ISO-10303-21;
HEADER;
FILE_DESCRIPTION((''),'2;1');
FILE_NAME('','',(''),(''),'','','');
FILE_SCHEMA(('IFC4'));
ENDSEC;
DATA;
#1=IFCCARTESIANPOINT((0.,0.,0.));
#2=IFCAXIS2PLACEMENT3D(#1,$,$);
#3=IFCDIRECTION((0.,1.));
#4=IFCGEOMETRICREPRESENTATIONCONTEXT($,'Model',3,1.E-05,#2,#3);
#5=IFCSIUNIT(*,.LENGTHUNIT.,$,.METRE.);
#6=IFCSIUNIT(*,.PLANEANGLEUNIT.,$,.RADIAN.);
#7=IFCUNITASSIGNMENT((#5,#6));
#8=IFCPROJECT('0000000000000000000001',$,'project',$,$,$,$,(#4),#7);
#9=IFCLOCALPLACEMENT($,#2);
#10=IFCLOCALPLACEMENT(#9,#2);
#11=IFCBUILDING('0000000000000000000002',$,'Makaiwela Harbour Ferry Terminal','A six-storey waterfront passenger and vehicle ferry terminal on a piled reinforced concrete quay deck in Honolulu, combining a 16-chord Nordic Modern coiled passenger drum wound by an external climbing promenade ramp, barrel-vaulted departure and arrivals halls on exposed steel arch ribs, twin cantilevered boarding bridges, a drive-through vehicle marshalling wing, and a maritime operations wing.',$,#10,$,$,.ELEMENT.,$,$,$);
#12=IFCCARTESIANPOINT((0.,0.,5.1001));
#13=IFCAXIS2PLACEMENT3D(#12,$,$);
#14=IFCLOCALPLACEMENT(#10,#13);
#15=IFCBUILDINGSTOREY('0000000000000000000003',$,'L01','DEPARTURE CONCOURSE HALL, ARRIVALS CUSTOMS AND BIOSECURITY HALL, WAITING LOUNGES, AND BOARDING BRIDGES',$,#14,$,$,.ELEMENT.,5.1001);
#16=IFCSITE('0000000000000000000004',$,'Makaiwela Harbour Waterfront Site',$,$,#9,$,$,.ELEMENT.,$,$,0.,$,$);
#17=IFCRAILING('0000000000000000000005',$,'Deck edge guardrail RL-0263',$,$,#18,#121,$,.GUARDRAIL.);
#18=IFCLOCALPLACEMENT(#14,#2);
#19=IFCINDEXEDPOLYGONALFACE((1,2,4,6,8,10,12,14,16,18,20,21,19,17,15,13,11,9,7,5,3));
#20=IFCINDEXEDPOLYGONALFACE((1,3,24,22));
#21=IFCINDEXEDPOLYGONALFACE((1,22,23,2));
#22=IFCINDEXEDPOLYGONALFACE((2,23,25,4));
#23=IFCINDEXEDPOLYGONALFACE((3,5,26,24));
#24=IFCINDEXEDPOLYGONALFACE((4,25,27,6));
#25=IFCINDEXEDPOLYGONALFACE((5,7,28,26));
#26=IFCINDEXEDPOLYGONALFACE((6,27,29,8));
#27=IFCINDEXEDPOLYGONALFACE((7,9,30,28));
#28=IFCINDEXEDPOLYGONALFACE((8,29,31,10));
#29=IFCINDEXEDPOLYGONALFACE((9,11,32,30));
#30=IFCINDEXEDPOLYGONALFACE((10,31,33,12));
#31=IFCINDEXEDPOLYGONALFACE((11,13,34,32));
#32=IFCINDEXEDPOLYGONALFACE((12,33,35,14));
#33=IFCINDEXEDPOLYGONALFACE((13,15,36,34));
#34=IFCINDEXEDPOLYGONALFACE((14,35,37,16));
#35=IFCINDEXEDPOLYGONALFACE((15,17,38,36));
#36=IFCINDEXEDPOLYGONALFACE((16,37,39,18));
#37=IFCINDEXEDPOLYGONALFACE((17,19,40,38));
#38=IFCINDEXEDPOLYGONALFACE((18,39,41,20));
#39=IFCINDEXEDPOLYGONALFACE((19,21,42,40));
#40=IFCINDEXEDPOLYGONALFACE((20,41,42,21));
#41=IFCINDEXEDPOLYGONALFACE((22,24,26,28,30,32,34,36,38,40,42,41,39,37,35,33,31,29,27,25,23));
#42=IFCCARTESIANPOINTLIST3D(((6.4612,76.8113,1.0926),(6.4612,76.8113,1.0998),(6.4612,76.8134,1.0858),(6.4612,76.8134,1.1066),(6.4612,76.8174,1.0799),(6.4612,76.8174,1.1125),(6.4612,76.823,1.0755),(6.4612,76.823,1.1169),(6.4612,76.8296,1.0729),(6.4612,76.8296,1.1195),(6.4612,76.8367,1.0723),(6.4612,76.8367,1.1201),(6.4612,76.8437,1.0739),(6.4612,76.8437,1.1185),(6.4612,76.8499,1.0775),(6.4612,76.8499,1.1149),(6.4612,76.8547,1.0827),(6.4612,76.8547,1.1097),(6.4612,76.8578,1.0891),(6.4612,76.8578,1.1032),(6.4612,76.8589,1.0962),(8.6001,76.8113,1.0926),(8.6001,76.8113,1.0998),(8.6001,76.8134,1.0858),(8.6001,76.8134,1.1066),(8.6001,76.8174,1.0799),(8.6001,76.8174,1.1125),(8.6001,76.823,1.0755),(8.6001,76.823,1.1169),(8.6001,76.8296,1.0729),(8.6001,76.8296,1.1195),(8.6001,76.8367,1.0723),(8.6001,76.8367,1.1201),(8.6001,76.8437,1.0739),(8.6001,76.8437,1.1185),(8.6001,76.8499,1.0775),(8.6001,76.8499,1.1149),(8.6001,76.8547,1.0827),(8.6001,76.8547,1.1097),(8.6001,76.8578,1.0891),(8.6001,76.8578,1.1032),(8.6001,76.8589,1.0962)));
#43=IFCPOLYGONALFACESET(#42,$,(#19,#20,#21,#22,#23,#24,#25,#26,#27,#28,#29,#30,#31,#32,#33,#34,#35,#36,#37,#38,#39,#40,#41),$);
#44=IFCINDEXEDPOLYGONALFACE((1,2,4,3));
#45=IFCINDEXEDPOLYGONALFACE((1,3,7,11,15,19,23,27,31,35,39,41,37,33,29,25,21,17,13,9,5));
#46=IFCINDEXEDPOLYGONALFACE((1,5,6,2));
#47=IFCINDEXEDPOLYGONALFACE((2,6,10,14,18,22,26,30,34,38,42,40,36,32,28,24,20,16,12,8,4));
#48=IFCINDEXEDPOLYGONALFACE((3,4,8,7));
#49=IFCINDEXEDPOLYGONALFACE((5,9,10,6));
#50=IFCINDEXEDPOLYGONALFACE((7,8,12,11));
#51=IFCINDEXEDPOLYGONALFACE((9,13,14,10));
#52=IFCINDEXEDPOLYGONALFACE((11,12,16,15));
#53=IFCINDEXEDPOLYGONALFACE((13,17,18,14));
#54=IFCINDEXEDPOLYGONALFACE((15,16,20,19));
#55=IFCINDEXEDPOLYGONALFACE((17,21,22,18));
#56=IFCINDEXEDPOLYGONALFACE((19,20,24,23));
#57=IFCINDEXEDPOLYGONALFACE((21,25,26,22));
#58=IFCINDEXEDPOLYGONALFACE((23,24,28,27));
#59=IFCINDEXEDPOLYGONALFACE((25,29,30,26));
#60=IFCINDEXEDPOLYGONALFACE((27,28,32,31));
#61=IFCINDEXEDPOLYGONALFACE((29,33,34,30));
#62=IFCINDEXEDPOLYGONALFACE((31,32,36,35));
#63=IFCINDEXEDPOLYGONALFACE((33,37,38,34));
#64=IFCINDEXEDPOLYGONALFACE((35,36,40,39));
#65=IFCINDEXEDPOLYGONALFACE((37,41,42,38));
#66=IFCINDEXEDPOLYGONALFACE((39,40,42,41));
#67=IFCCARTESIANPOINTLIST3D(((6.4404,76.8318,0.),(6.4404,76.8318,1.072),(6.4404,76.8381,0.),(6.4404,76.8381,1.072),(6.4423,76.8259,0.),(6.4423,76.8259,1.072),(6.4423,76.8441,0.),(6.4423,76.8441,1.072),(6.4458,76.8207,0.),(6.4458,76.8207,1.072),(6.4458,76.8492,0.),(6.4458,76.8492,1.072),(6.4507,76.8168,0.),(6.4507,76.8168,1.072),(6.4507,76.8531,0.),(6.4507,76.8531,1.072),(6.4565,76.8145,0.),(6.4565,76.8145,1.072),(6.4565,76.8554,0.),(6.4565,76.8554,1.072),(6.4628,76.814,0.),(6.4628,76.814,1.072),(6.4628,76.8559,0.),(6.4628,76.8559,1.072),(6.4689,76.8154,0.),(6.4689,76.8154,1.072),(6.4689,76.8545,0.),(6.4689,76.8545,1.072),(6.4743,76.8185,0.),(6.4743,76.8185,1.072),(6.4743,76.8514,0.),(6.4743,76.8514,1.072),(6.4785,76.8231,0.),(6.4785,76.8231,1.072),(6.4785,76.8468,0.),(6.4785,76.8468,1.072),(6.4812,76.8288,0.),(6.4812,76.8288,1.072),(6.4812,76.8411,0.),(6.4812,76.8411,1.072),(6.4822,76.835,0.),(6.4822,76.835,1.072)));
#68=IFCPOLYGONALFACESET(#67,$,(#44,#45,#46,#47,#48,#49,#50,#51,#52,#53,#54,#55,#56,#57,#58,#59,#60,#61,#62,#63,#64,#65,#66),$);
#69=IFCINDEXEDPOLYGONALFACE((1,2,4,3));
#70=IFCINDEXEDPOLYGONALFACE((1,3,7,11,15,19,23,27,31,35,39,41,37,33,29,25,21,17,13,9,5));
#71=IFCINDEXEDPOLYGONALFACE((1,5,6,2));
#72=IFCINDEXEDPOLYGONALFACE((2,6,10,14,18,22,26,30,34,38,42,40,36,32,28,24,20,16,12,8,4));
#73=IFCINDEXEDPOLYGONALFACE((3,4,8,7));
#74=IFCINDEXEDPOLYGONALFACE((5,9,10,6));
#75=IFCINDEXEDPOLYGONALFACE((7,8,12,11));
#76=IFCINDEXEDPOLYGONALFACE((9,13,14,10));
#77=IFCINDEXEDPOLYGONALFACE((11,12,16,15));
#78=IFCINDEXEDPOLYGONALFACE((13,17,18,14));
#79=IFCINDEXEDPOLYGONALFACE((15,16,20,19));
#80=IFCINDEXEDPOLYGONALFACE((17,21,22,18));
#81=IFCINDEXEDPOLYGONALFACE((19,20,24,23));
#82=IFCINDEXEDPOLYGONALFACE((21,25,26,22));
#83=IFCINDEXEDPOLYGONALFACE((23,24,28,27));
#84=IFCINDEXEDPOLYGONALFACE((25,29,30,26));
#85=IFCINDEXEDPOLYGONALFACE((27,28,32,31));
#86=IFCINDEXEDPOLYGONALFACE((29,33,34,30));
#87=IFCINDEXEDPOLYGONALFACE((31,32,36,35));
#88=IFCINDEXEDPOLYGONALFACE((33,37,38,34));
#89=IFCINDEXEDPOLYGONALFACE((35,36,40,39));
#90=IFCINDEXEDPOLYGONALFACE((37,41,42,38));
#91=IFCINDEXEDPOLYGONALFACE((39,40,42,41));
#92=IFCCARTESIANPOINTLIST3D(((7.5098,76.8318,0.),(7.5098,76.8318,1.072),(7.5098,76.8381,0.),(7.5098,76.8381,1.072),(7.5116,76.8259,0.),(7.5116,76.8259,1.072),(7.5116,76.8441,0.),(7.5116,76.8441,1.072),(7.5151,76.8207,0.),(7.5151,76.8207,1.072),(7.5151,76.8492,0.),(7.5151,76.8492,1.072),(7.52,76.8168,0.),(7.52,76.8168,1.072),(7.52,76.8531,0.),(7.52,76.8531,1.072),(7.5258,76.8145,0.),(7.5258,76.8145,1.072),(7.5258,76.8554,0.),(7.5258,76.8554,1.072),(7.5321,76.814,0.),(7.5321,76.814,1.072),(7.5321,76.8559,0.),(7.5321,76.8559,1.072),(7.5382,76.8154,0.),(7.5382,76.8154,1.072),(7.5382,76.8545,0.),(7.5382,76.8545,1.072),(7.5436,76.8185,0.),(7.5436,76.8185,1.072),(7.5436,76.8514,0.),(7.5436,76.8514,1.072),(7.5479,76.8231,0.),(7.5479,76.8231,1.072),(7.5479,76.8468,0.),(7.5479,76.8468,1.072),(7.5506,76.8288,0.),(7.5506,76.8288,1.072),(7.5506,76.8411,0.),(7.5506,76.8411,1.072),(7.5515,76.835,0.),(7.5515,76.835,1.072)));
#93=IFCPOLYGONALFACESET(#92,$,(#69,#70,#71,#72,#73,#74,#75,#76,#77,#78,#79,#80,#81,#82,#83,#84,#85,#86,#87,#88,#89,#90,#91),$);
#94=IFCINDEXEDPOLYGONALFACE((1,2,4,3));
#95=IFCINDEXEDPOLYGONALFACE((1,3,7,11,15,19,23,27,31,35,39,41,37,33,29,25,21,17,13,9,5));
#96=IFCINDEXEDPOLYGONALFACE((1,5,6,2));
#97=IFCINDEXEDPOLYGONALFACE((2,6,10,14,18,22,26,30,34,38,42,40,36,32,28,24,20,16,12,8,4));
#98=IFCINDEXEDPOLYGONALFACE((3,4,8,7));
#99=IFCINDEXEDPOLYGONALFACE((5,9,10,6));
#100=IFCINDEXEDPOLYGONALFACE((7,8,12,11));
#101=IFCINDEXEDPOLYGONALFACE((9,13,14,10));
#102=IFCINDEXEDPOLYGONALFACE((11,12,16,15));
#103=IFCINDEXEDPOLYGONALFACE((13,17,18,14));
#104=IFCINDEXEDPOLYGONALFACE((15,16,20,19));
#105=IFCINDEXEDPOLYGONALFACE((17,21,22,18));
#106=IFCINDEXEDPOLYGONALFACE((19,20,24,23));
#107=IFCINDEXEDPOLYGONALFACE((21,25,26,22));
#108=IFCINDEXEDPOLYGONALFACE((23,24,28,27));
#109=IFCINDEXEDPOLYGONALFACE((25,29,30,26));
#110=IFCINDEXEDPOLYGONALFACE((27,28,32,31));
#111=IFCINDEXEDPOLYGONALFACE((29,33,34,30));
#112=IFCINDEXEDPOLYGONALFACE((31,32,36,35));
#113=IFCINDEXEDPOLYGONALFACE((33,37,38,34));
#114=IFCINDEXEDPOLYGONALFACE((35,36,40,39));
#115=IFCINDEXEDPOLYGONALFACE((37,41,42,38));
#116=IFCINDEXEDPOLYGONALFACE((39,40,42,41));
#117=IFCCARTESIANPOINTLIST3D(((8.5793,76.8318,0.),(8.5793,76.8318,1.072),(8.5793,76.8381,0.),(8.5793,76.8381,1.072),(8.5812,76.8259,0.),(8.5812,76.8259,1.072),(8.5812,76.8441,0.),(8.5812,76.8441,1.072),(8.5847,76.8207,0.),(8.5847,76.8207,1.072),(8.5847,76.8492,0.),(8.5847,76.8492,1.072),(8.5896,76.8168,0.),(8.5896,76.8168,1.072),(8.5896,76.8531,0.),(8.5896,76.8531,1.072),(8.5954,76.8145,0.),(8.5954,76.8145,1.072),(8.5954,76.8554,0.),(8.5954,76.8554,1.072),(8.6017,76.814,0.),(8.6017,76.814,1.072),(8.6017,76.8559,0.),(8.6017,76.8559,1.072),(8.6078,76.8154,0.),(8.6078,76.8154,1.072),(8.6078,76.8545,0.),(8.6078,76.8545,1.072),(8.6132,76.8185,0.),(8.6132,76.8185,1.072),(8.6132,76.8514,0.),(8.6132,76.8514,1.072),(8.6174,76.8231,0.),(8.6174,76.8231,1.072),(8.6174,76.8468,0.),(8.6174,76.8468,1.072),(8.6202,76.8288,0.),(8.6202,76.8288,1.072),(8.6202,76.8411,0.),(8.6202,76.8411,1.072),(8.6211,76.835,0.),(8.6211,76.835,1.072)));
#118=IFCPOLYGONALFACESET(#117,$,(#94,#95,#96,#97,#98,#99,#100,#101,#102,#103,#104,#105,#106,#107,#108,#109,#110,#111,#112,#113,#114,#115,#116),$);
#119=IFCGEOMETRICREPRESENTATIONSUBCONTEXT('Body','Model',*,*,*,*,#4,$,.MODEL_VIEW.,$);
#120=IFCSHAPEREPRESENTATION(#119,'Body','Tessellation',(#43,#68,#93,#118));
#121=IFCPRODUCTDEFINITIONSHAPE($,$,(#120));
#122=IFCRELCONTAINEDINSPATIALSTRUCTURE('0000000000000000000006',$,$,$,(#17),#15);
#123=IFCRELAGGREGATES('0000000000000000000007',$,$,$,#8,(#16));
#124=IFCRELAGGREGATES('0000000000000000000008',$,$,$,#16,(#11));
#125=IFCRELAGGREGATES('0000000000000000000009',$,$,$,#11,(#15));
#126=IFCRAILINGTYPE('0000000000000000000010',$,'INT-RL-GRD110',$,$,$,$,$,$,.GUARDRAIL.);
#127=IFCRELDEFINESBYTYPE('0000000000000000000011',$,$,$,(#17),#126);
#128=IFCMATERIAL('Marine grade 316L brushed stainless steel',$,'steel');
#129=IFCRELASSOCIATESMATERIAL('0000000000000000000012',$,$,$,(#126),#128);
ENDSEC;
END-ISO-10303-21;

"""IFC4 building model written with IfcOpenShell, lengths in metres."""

from ifc_helpers import new_model, si_unit, direction, frame, origin, origin_2d, place, context, subcontext, project, spatial, circle, extrude, material, type_object, element, save


model = new_model("IFC4")

# Units and contexts
model_context = context("Model", 3, precision=1e-05, world=origin(), true_north=direction((0.0, 1.0)))
body_context = subcontext(model_context, "Body", "Model", "MODEL_VIEW")
ifc_project = project(units=[si_unit("LENGTHUNIT", "METRE"), si_unit("PLANEANGLEUNIT", "RADIAN")], contexts=[model_context])

# Site, building, storey
site_placement = place(None, origin())
site = spatial("IfcSite", under=ifc_project, at=site_placement, Name="Makaiwela Harbour Waterfront Site", CompositionType="ELEMENT", RefElevation=0.0)
building_placement = place(site_placement, origin())
building = spatial("IfcBuilding", under=site, at=building_placement, Name="Makaiwela Harbour Ferry Terminal", Description="A six-storey waterfront passenger and vehicle ferry terminal on a piled reinforced concrete quay deck in Honolulu, combining a 16-chord Nordic Modern coiled passenger drum wound by an external climbing promenade ramp, barrel-vaulted departure and arrivals halls on exposed steel arch ribs, twin cantilevered boarding bridges, a drive-through vehicle marshalling wing, and a maritime operations wing.", CompositionType="ELEMENT")
storey_placement = place(building_placement, frame((0.0, 0.0, 5.1001)))
storey = spatial("IfcBuildingStorey", under=building, at=storey_placement, Name="L01", Description="DEPARTURE CONCOURSE HALL, ARRIVALS CUSTOMS AND BIOSECURITY HALL, WAITING LOUNGES, AND BOARDING BRIDGES", CompositionType="ELEMENT", Elevation=5.1001)

# Railing
ifc_material_1 = material(Name="Marine grade 316L brushed stainless steel", Category="steel")
railing_type_1 = type_object("IfcRailingType", Name="INT-RL-GRD110", PredefinedType="GUARDRAIL", material=ifc_material_1)
railing_1_placement = place(storey_placement, frame((6.4612, 76.835, 0.0)))
element("IfcRailing", 1, at=railing_1_placement, inside=storey, type_object=railing_type_1, Name="Deck edge guardrail RL-0263", PredefinedType="GUARDRAIL", context=body_context, shape_type="SweptSolid", body=[
    extrude(circle(Radius=0.0239, at=origin_2d()), frame((0.0, 0.0, 1.0962), z_axis=(1.0, 0.0, 0.0), x_axis=(0.0, 1.0, 0.0)), (0.0, 0.0, 1.0), 2.1389),
    extrude(circle(Radius=0.021, at=origin_2d()), origin(), (0.0, 0.0, 1.0), 1.072),
    extrude(circle(Radius=0.021, at=origin_2d()), frame((1.0693, 0.0, 0.0)), (0.0, 0.0, 1.0), 1.072),
    extrude(circle(Radius=0.021, at=origin_2d()), frame((2.1389, 0.0, 0.0)), (0.0, 0.0, 1.0), 1.072),
])

save(model, "model.ifc")
